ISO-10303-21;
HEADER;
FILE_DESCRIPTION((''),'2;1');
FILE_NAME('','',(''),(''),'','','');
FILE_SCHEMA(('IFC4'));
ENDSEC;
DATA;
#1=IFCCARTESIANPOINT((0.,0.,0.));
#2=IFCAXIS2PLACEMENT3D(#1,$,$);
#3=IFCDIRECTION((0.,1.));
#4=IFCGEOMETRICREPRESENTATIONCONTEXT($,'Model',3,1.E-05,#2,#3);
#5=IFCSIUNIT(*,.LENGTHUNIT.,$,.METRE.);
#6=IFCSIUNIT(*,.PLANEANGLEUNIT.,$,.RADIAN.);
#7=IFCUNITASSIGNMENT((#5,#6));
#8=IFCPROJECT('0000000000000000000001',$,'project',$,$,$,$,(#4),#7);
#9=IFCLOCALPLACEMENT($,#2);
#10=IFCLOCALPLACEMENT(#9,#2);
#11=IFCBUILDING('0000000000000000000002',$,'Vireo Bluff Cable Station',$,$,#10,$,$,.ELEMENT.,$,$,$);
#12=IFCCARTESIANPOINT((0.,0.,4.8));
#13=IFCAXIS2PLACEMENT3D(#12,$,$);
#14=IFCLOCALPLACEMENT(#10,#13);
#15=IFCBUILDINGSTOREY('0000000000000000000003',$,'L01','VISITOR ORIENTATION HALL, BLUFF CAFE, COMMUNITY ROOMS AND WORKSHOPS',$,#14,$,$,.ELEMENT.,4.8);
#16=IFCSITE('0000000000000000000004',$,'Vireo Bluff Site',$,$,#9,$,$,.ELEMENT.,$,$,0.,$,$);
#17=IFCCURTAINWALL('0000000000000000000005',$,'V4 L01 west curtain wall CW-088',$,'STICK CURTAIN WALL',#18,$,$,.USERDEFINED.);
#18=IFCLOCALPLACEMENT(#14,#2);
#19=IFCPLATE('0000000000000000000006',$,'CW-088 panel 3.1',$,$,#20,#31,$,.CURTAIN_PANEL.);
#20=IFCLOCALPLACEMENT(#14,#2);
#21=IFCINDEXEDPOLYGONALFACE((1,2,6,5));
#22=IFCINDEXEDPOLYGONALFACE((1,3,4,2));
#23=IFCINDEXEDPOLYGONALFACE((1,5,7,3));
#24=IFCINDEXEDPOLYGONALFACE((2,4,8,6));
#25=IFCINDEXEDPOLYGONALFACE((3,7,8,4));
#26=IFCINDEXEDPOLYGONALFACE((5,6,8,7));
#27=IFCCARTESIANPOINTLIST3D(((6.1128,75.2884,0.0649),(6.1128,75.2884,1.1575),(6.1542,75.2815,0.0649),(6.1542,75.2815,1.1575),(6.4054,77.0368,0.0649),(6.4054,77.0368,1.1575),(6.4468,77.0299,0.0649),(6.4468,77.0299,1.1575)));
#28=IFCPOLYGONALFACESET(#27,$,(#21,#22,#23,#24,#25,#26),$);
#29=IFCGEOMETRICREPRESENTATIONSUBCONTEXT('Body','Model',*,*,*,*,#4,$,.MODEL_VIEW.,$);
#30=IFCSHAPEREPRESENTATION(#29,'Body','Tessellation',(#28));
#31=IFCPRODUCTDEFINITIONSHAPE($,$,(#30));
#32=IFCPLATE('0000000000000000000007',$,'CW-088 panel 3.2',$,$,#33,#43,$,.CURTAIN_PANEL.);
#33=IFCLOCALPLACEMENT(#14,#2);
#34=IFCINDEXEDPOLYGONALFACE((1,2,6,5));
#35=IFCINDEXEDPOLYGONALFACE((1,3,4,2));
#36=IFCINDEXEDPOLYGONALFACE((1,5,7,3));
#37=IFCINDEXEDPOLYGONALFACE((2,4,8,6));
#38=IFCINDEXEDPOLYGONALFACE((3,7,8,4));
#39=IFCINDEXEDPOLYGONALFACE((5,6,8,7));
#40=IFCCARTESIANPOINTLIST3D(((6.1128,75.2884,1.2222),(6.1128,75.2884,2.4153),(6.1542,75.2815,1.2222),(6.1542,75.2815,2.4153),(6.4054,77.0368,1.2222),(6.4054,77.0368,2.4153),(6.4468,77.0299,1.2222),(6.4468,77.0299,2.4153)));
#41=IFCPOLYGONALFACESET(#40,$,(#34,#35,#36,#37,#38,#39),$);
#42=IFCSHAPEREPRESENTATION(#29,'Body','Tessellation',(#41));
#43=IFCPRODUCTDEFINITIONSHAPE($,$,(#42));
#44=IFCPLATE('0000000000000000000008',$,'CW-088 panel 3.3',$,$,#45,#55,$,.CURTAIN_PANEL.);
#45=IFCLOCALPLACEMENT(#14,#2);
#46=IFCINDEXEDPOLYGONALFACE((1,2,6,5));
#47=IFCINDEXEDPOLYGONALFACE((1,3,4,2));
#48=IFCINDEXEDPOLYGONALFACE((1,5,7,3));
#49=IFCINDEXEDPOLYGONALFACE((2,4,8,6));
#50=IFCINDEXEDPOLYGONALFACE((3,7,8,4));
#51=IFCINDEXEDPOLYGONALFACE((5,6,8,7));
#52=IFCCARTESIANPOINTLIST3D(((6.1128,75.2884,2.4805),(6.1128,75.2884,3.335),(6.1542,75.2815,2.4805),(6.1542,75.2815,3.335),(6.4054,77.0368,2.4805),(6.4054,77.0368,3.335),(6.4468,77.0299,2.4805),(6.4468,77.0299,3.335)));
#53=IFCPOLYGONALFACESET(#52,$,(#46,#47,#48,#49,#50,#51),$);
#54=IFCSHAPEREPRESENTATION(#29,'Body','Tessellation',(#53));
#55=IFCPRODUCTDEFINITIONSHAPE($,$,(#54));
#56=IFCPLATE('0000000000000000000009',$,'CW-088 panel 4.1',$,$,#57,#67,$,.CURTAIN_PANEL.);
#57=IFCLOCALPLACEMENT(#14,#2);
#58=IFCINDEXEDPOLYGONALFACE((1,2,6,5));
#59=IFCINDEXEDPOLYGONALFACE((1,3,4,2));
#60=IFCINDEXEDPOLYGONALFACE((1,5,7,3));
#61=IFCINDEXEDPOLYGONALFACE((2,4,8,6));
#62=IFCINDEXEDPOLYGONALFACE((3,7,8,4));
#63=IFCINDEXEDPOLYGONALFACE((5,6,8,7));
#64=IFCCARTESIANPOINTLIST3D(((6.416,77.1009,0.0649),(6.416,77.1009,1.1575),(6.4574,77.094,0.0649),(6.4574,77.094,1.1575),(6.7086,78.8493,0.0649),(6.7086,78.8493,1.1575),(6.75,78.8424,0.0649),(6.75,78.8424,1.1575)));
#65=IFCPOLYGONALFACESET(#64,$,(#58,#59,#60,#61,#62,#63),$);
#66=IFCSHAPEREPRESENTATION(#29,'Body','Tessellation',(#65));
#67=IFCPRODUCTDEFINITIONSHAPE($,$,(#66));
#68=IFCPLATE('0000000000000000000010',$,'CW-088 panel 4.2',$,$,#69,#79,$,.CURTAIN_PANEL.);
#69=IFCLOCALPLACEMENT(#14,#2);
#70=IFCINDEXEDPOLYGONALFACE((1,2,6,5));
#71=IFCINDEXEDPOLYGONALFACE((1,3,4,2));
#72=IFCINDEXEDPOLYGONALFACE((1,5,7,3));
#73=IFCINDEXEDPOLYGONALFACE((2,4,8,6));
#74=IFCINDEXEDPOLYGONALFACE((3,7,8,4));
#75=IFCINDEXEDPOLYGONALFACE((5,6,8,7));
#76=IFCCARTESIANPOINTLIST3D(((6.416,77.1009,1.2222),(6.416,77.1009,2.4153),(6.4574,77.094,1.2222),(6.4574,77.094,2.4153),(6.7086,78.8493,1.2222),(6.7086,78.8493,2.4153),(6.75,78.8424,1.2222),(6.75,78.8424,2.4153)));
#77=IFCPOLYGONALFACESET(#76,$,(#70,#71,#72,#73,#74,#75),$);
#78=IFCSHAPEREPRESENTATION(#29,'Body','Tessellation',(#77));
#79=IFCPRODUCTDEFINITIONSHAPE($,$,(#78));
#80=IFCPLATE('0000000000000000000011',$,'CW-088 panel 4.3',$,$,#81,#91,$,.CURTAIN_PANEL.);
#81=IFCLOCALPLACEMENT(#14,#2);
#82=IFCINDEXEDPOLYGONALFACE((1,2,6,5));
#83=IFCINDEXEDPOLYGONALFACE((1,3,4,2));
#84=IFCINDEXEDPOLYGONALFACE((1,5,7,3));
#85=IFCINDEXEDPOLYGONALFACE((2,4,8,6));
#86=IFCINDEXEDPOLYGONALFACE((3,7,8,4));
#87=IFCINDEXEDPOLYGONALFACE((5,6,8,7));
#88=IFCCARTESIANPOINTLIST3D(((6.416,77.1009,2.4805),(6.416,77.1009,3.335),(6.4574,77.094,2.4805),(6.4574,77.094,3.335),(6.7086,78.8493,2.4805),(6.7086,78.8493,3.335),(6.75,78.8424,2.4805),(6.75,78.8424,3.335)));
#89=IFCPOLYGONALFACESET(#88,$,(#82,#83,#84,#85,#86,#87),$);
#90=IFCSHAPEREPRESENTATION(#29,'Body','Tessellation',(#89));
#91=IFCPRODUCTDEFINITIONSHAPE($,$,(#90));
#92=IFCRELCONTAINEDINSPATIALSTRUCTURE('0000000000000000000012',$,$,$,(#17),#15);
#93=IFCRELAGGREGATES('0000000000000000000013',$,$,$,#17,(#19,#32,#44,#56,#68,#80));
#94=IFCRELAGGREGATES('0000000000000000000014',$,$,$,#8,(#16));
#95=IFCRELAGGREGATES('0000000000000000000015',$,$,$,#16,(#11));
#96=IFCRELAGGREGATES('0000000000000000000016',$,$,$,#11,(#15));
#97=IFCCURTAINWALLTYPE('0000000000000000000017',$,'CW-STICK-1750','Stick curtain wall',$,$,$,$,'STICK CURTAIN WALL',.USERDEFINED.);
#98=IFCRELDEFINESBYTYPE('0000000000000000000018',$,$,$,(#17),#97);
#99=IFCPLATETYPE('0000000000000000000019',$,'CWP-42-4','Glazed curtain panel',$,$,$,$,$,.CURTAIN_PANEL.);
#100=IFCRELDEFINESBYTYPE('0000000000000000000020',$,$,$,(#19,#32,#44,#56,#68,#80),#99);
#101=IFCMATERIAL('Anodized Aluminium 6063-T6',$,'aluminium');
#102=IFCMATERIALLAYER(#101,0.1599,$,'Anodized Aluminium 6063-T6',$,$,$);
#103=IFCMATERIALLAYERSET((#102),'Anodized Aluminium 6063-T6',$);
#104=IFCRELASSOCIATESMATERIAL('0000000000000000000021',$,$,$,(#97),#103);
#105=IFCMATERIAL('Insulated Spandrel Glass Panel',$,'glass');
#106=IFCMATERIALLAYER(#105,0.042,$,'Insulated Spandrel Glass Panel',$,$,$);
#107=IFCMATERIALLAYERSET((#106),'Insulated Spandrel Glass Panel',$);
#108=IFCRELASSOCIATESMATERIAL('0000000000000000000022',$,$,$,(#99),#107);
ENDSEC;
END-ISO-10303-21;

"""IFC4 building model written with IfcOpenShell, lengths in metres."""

from ifc_helpers import new_model, si_unit, direction, frame, origin, origin_2d, place, context, subcontext, project, spatial, rectangle, extrude, material, layer, layer_set, type_object, element, aggregate, save


model = new_model("IFC4")

# Units and contexts
model_context = context("Model", 3, precision=1e-05, world=origin(), true_north=direction((0.0, 1.0)))
body_context = subcontext(model_context, "Body", "Model", "MODEL_VIEW")
ifc_project = project(units=[si_unit("LENGTHUNIT", "METRE"), si_unit("PLANEANGLEUNIT", "RADIAN")], contexts=[model_context])

# Site, building, storey
site_placement = place(None, origin())
site = spatial("IfcSite", under=ifc_project, at=site_placement, Name="Vireo Bluff Site", CompositionType="ELEMENT", RefElevation=0.0)
building_placement = place(site_placement, origin())
building = spatial("IfcBuilding", under=site, at=building_placement, Name="Vireo Bluff Cable Station", CompositionType="ELEMENT")
storey_placement = place(building_placement, frame((0.0, 0.0, 4.8)))
storey = spatial("IfcBuildingStorey", under=building, at=storey_placement, Name="L01", Description="VISITOR ORIENTATION HALL, BLUFF CAFE, COMMUNITY ROOMS AND WORKSHOPS", CompositionType="ELEMENT", Elevation=4.8)

# Curtain wall
ifc_material_1 = material(Name="Anodized Aluminium 6063-T6", Category="aluminium")
ifc_layer_1 = layer(ifc_material_1, 0.1599, Name="Anodized Aluminium 6063-T6")
ifc_layer_set_1 = layer_set([ifc_layer_1], Name="Anodized Aluminium 6063-T6")
curtain_wall_type = type_object("IfcCurtainWallType", Name="CW-STICK-1750", Description="Stick curtain wall", ElementType="STICK CURTAIN WALL", PredefinedType="USERDEFINED", material=ifc_layer_set_1)
curtain_wall_placement = place(storey_placement, origin())
curtain_wall = element("IfcCurtainWall", 1, at=curtain_wall_placement, inside=storey, type_object=curtain_wall_type, Name="V4 L01 west curtain wall CW-088", ObjectType="STICK CURTAIN WALL", PredefinedType="USERDEFINED")

# Plates
ifc_material_2 = material(Name="Insulated Spandrel Glass Panel", Category="glass")
ifc_layer_2 = layer(ifc_material_2, 0.042, Name="Insulated Spandrel Glass Panel")
ifc_layer_set_2 = layer_set([ifc_layer_2], Name="Insulated Spandrel Glass Panel")
plate_type = type_object("IfcPlateType", Name="CWP-42-4", Description="Glazed curtain panel", PredefinedType="CURTAIN_PANEL", material=ifc_layer_set_2)
plate_1_placement = place(storey_placement, frame((6.2798, 76.1592, 0.0649), z_axis=(0.0, 0.0, 1.0), x_axis=(0.165048, 0.986286, 0.0)))
plate_1 = element("IfcPlate", 2, at=plate_1_placement, type_object=plate_type, Name="CW-088 panel 3.1", PredefinedType="CURTAIN_PANEL", context=body_context, shape_type="SweptSolid", body=[
    extrude(rectangle(XDim=1.7727, YDim=0.042, at=origin_2d()), origin(), (0.0, 0.0, 1.0), 1.0925),
])
plate_2_placement = place(storey_placement, frame((6.2798, 76.1592, 1.2222), z_axis=(0.0, 0.0, 1.0), x_axis=(0.165048, 0.986286, 0.0)))
plate_2 = element("IfcPlate", 3, at=plate_2_placement, type_object=plate_type, Name="CW-088 panel 3.2", PredefinedType="CURTAIN_PANEL", context=body_context, shape_type="SweptSolid", body=[
    extrude(rectangle(XDim=1.7727, YDim=0.042, at=origin_2d()), origin(), (0.0, 0.0, 1.0), 1.1931),
])
plate_3_placement = place(storey_placement, frame((6.2798, 76.1592, 2.4805), z_axis=(0.0, 0.0, 1.0), x_axis=(0.165048, 0.986286, 0.0)))
plate_3 = element("IfcPlate", 4, at=plate_3_placement, type_object=plate_type, Name="CW-088 panel 3.3", PredefinedType="CURTAIN_PANEL", context=body_context, shape_type="SweptSolid", body=[
    extrude(rectangle(XDim=1.7727, YDim=0.042, at=origin_2d()), origin(), (0.0, 0.0, 1.0), 0.8545),
])
plate_4_placement = place(storey_placement, frame((6.583, 77.9717, 0.0649), z_axis=(0.0, 0.0, 1.0), x_axis=(0.165048, 0.986286, 0.0)))
plate_4 = element("IfcPlate", 5, at=plate_4_placement, type_object=plate_type, Name="CW-088 panel 4.1", PredefinedType="CURTAIN_PANEL", context=body_context, shape_type="SweptSolid", body=[
    extrude(rectangle(XDim=1.7727, YDim=0.042, at=origin_2d()), origin(), (0.0, 0.0, 1.0), 1.0925),
])
plate_5_placement = place(storey_placement, frame((6.583, 77.9717, 1.2222), z_axis=(0.0, 0.0, 1.0), x_axis=(0.165048, 0.986286, 0.0)))
plate_5 = element("IfcPlate", 6, at=plate_5_placement, type_object=plate_type, Name="CW-088 panel 4.2", PredefinedType="CURTAIN_PANEL", context=body_context, shape_type="SweptSolid", body=[
    extrude(rectangle(XDim=1.7727, YDim=0.042, at=origin_2d()), origin(), (0.0, 0.0, 1.0), 1.1931),
])
plate_6_placement = place(storey_placement, frame((6.583, 77.9717, 2.4805), z_axis=(0.0, 0.0, 1.0), x_axis=(0.165048, 0.986286, 0.0)))
plate_6 = element("IfcPlate", 7, at=plate_6_placement, type_object=plate_type, Name="CW-088 panel 4.3", PredefinedType="CURTAIN_PANEL", context=body_context, shape_type="SweptSolid", body=[
    extrude(rectangle(XDim=1.7727, YDim=0.042, at=origin_2d()), origin(), (0.0, 0.0, 1.0), 0.8545),
])
aggregate(curtain_wall, [plate_1, plate_2, plate_3, plate_4, plate_5, plate_6])

save(model, "model.ifc")
